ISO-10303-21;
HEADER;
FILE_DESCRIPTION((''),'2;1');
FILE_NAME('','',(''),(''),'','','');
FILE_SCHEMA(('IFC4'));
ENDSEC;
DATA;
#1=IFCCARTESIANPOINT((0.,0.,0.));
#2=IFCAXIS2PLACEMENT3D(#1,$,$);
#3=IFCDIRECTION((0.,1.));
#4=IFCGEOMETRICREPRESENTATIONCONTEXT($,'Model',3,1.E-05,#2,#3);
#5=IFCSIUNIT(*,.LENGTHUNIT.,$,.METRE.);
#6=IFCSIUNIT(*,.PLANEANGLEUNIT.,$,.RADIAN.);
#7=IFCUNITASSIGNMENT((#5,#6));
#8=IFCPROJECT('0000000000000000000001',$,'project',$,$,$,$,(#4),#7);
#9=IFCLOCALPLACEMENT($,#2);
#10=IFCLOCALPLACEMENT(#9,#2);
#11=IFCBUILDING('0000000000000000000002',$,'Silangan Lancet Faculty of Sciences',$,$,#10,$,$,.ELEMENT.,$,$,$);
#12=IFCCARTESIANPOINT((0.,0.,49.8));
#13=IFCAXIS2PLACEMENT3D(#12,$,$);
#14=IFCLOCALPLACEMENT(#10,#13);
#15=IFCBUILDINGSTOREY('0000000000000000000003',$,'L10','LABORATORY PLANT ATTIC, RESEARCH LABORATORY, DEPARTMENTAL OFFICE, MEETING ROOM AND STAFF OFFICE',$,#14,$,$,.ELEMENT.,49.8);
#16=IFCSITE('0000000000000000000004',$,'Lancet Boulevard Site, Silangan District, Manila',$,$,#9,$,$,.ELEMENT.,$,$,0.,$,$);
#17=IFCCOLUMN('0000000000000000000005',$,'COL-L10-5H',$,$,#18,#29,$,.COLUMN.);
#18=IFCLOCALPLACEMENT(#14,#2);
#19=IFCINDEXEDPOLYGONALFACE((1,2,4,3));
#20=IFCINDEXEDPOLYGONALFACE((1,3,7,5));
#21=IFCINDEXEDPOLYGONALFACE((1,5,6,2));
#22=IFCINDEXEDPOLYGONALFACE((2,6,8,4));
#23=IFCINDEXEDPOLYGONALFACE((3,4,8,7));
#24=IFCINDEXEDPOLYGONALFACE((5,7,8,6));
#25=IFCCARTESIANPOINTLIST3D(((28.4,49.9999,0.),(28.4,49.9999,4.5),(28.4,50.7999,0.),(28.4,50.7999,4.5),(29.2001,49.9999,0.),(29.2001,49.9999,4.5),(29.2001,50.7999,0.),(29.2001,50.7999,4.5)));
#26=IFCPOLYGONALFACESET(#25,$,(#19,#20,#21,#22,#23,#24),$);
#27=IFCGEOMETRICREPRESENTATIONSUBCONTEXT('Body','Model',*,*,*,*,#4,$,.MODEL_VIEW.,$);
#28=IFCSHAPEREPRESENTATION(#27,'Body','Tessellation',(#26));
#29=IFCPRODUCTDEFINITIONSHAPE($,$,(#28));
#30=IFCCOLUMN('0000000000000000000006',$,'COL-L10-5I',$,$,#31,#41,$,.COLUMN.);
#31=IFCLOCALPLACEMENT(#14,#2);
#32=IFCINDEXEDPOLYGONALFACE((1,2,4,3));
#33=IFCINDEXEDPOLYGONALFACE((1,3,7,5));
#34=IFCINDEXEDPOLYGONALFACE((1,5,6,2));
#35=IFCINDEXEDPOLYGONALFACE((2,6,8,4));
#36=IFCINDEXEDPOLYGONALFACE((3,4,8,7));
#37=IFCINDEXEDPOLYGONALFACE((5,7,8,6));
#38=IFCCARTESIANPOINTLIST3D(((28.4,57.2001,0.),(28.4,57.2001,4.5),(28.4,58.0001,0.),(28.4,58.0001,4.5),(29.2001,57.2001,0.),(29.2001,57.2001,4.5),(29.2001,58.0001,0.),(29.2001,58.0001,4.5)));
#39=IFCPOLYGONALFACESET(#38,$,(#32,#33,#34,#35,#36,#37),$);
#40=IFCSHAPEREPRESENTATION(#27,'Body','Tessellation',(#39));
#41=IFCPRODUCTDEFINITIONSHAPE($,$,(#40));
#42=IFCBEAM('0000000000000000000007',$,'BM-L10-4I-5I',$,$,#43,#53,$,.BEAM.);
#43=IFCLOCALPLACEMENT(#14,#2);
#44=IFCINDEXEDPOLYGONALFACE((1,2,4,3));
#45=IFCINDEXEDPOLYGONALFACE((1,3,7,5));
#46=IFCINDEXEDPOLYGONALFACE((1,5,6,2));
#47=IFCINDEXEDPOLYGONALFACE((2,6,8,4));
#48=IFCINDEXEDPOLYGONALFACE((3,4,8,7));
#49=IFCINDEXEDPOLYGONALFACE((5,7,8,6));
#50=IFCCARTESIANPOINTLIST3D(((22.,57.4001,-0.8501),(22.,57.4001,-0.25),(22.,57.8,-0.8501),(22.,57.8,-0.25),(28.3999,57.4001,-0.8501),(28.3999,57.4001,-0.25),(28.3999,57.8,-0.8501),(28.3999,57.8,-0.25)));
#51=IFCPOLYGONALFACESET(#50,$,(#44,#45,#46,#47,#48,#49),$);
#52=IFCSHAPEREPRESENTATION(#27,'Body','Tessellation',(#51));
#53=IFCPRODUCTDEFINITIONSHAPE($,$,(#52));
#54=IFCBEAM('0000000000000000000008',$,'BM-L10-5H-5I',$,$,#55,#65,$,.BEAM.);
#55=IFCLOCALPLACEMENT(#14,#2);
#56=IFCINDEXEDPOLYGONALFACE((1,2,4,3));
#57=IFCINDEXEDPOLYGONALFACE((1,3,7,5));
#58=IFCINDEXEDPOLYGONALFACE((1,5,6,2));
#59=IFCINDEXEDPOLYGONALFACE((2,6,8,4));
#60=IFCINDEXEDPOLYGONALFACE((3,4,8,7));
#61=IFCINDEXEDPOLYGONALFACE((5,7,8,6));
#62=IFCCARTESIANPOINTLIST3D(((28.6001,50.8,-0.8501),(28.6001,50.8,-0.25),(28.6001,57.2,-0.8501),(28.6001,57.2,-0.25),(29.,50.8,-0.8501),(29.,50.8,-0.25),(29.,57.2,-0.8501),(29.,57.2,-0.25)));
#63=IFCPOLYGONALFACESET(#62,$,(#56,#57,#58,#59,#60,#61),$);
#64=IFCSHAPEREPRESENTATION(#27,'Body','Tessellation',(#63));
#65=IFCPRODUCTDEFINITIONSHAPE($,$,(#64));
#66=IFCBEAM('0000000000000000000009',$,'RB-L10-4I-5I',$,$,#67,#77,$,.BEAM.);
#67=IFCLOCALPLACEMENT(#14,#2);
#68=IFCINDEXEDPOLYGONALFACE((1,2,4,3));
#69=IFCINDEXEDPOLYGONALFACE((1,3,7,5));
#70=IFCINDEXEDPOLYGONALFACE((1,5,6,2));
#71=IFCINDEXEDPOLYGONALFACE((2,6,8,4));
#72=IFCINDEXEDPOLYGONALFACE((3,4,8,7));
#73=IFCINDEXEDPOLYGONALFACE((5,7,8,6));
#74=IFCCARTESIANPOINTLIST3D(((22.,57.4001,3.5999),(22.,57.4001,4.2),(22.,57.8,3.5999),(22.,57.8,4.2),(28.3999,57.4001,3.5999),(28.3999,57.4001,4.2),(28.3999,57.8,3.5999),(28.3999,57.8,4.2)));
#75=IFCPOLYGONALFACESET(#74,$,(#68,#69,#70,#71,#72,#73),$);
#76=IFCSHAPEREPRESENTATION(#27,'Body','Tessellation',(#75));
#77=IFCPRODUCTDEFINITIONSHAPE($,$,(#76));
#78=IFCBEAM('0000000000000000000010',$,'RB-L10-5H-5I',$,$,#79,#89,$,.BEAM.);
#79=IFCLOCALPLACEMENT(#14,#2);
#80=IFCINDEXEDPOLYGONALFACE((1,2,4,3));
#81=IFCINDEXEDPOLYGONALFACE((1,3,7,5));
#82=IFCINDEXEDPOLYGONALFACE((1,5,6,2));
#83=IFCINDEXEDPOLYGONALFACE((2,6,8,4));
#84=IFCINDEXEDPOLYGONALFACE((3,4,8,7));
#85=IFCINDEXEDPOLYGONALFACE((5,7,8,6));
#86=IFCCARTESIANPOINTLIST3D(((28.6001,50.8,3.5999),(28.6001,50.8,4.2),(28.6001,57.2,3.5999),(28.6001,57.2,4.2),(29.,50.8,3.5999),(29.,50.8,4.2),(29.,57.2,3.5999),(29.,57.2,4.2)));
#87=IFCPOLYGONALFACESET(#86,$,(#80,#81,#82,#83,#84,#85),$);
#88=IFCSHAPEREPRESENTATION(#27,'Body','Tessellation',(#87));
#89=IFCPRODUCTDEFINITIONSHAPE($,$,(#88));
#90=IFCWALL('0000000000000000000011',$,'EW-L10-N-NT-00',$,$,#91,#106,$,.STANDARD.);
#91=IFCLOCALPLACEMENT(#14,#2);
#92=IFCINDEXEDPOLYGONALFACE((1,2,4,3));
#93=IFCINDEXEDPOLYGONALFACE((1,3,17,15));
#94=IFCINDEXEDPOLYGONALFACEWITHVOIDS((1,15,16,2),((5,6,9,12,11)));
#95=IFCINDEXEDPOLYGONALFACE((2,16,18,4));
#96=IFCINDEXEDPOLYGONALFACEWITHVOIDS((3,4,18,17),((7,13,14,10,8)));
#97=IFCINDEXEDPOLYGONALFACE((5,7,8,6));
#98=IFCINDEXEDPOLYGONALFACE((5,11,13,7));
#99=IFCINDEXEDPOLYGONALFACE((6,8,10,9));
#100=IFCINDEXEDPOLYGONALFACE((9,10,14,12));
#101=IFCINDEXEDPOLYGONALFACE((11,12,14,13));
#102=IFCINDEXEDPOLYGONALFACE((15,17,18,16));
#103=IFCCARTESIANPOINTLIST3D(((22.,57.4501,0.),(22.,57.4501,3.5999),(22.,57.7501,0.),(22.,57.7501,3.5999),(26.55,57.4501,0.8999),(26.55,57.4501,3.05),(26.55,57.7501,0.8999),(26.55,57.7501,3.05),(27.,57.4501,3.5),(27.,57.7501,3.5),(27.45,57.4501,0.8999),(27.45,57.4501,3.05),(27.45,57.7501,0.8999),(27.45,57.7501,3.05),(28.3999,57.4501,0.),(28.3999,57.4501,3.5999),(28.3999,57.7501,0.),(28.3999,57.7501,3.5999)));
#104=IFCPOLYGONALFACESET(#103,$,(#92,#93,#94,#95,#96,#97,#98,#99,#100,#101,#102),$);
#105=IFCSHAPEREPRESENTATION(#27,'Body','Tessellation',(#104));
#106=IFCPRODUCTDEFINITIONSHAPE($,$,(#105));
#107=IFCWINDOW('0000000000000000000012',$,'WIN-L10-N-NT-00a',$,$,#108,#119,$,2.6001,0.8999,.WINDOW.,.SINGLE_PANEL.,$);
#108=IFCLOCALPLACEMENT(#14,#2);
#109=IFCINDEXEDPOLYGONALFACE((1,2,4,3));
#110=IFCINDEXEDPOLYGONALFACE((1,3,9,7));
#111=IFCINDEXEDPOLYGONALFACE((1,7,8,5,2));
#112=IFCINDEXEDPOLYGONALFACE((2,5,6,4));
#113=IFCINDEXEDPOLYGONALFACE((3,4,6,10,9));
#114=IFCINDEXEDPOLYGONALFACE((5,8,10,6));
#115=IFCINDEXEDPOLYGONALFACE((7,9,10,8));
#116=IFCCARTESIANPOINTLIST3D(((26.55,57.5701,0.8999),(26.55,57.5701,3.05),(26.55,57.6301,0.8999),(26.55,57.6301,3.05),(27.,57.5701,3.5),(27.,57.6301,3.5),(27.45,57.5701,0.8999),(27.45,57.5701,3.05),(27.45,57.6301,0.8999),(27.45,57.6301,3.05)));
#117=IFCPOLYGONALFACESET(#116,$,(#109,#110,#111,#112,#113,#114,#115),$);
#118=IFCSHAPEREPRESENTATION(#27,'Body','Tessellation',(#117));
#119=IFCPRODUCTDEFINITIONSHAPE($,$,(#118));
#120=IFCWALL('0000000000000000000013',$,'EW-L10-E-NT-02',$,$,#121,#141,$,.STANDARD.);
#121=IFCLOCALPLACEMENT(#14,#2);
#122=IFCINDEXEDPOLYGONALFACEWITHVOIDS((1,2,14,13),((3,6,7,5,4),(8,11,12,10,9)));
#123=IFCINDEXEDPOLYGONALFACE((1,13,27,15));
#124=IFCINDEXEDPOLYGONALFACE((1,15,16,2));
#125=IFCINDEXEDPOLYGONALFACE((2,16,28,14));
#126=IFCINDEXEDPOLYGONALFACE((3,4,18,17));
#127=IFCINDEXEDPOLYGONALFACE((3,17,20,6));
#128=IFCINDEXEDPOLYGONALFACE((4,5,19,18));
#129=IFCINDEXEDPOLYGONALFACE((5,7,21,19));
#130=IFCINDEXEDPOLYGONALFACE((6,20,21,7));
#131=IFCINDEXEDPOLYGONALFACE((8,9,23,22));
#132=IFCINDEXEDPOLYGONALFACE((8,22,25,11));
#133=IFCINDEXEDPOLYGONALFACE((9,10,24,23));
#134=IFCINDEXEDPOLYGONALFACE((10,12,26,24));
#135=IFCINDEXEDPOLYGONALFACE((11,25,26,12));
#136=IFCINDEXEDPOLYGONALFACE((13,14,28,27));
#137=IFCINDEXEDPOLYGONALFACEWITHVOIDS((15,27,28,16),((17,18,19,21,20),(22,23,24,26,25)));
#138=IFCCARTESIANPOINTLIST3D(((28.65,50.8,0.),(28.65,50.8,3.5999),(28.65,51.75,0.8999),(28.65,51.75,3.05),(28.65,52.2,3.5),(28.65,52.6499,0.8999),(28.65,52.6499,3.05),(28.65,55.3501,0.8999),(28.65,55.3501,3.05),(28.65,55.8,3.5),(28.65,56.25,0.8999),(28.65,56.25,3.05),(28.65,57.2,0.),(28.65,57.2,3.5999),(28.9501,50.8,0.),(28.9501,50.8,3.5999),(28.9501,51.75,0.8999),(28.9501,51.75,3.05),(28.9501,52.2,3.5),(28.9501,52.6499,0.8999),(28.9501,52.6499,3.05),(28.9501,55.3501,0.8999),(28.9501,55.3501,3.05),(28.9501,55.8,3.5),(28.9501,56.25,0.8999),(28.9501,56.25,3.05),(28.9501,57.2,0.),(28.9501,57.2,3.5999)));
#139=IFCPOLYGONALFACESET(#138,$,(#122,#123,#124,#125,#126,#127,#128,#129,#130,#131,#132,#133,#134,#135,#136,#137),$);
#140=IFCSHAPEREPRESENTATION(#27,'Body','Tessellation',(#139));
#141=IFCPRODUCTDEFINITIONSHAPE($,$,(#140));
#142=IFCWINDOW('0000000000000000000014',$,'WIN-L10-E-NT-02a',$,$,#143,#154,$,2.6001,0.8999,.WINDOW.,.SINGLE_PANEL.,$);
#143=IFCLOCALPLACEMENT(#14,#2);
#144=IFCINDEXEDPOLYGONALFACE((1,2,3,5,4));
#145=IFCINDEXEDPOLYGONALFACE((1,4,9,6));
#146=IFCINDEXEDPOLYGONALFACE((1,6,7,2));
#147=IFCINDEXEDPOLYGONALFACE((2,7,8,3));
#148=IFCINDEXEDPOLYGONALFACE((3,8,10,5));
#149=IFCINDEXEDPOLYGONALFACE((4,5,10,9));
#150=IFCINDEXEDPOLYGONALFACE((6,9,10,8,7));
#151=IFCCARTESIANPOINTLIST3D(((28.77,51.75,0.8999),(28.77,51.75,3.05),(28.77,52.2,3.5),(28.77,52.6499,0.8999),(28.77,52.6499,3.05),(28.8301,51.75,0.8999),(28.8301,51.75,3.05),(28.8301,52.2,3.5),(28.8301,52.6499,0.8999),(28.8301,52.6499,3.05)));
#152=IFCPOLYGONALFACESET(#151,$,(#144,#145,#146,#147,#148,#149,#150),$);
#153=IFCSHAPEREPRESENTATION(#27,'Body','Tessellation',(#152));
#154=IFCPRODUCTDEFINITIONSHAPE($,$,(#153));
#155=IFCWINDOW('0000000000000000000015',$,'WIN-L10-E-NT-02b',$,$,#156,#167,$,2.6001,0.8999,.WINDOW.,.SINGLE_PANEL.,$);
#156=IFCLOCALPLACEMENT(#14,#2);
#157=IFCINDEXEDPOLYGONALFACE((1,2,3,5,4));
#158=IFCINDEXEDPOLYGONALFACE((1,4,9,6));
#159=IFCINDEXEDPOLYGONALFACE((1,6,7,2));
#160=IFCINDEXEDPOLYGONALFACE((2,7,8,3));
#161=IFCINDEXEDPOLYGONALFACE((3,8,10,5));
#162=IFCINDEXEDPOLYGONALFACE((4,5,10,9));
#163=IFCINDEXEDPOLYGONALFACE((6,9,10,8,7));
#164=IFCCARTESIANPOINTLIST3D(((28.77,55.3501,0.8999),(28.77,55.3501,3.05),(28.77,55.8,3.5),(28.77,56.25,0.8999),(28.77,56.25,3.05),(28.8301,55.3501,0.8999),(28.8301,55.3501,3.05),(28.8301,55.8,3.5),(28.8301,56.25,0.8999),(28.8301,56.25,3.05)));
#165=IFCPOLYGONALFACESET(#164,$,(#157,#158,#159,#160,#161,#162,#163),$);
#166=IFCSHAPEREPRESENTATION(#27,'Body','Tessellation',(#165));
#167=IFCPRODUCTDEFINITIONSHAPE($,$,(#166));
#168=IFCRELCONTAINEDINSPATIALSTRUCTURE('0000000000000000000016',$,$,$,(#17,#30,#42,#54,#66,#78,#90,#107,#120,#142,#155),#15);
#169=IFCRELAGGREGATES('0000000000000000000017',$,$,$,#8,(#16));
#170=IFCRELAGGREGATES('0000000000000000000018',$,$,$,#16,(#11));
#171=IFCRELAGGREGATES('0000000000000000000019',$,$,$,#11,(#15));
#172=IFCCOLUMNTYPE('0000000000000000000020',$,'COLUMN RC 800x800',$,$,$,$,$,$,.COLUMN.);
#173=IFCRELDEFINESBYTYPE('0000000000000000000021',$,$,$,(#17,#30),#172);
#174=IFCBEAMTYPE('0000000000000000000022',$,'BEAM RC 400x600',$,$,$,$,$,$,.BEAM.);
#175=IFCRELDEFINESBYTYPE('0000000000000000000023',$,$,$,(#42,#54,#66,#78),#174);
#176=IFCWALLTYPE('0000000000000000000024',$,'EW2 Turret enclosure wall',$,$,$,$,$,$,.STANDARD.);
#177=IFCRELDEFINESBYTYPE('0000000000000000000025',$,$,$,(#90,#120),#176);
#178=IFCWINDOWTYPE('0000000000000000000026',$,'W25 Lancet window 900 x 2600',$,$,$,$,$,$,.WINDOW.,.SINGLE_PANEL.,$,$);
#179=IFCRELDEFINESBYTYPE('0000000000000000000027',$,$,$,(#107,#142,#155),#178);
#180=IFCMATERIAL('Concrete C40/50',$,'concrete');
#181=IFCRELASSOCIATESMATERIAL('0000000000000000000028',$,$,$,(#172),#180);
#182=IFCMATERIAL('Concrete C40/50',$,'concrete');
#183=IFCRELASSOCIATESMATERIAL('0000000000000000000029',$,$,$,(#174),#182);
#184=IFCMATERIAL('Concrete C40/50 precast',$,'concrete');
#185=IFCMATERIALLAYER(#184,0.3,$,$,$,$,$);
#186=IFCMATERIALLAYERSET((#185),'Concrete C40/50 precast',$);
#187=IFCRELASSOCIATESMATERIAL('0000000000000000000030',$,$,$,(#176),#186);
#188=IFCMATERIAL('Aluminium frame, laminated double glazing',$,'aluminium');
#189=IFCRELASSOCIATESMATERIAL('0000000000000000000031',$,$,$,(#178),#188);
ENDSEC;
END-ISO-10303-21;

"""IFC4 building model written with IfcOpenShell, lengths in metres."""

from ifc_helpers import new_model, si_unit, direction, frame, frame_2d, origin, origin_2d, place, context, subcontext, project, spatial, polyline, rectangle, outline, extrude, material, layer, layer_set, material_profile, profile_set, type_object, element, fill, save


model = new_model("IFC4")

# Units and contexts
model_context = context("Model", 3, precision=1e-05, world=origin(), true_north=direction((0.0, 1.0)))
body_context = subcontext(model_context, "Body", "Model", "MODEL_VIEW")
ifc_project = project(units=[si_unit("LENGTHUNIT", "METRE"), si_unit("PLANEANGLEUNIT", "RADIAN")], contexts=[model_context])

# Site, building, storey
site_placement = place(None, origin())
site = spatial("IfcSite", under=ifc_project, at=site_placement, Name="Lancet Boulevard Site, Silangan District, Manila", CompositionType="ELEMENT", RefElevation=0.0)
building_placement = place(site_placement, origin())
building = spatial("IfcBuilding", under=site, at=building_placement, Name="Silangan Lancet Faculty of Sciences", CompositionType="ELEMENT")
storey_placement = place(building_placement, frame((0.0, 0.0, 49.8)))
storey = spatial("IfcBuildingStorey", under=building, at=storey_placement, Name="L10", Description="LABORATORY PLANT ATTIC, RESEARCH LABORATORY, DEPARTMENTAL OFFICE, MEETING ROOM AND STAFF OFFICE", CompositionType="ELEMENT", Elevation=49.8)

# Columns
ifc_material_1 = material(Name="Concrete C40/50", Category="concrete")
ifc_material_profile_1 = material_profile(ifc_material_1, rectangle(XDim=0.8, YDim=0.8, at=origin_2d()), Name="RC 800x800")
ifc_profile_set_1 = profile_set([ifc_material_profile_1], Name="Concrete C40/50")
column_type = type_object("IfcColumnType", Name="COLUMN RC 800x800", PredefinedType="COLUMN", material=ifc_profile_set_1)
for number, where, z_axis, x_axis, name in (
    (1, (28.8, 50.3999, 0.0), (0.0, 0.0, 1.0), (1.0, 0.0, 0.0), "COL-L10-5H"),
    (2, (28.8, 57.6001, 0.0), (0.0, 0.0, 1.0), (1.0, 0.0, 0.0), "COL-L10-5I"),
):
    element("IfcColumn", number, at=place(storey_placement, frame(where, z_axis=z_axis, x_axis=x_axis)), inside=storey, type_object=column_type, Name=name, PredefinedType="COLUMN", context=body_context, shape_type="SweptSolid", body=[
        extrude(rectangle(XDim=0.8, YDim=0.8, at=origin_2d()), origin(), (0.0, 0.0, 1.0), 4.5),
    ])

# Beams
ifc_material_2 = material(Name="Concrete C40/50", Category="concrete")
ifc_material_profile_2 = material_profile(ifc_material_2, rectangle(XDim=0.3999, YDim=0.6001, at=origin_2d()), Name="RC 400x600")
ifc_profile_set_2 = profile_set([ifc_material_profile_2], Name="Concrete C40/50")
beam_type = type_object("IfcBeamType", Name="BEAM RC 400x600", PredefinedType="BEAM", material=ifc_profile_set_2)
for number, where, z_axis, x_axis, name in (
    (3, (22.0, 57.6001, -0.55), (1.0, 0.0, 0.0), (0.0, 1.0, 0.0), "BM-L10-4I-5I"),
    (4, (28.8, 50.8, -0.55), (0.0, 1.0, 0.0), (-1.0, 0.0, 0.0), "BM-L10-5H-5I"),
    (5, (22.0, 57.6001, 3.8999), (1.0, 0.0, 0.0), (0.0, 1.0, 0.0), "RB-L10-4I-5I"),
    (6, (28.8, 50.8, 3.8999), (0.0, 1.0, 0.0), (-1.0, 0.0, 0.0), "RB-L10-5H-5I"),
):
    element("IfcBeam", number, at=place(storey_placement, frame(where, z_axis=z_axis, x_axis=x_axis)), inside=storey, type_object=beam_type, Name=name, PredefinedType="BEAM", context=body_context, shape_type="SweptSolid", body=[
        extrude(rectangle(XDim=0.3999, YDim=0.6001, at=origin_2d()), origin(), (0.0, 0.0, 1.0), 6.3999),
    ])

# Wall, opening, window
ifc_material_3 = material(Name="Concrete C40/50 precast", Category="concrete")
ifc_layer_1 = layer(ifc_material_3, 0.3)
ifc_layer_set_1 = layer_set([ifc_layer_1], Name="Concrete C40/50 precast")
wall_type_1 = type_object("IfcWallType", Name="EW2 Turret enclosure wall", PredefinedType="STANDARD", material=ifc_layer_set_1)
wall_1_placement = place(storey_placement, frame((28.3999, 57.6001, 0.0), z_axis=(0.0, 0.0, 1.0), x_axis=(-1.0, 0.0, 0.0)))
wall_1 = element("IfcWall", 7, at=wall_1_placement, inside=storey, type_object=wall_type_1, Name="EW-L10-N-NT-00", PredefinedType="STANDARD", context=body_context, shape_type="SweptSolid", body=[
    extrude(rectangle(XDim=6.3999, YDim=0.3, at=frame_2d((3.2, 0.0))), origin(), (0.0, 0.0, 1.0), 3.5999),
])
opening_1_placement = place(wall_1_placement, frame((0.95, 0.0, 0.8999)))
opening_1 = element("IfcOpeningElement", 8, at=opening_1_placement, cuts=wall_1, PredefinedType="OPENING", context=body_context, shape_type="SweptSolid", body=[
    extrude(outline(polyline([(0.0, 0.0), (0.8999, 0.0), (0.8999, 2.1501), (0.45, 2.6001), (0.0, 2.1501), (0.0, 0.0)])), frame((0.0, 0.1599, 0.0), z_axis=(0.0, -1.0, 0.0), x_axis=(1.0, 0.0, 0.0)), (0.0, 0.0, 1.0), 0.3201),
])
ifc_material_4 = material(Name="Aluminium frame, laminated double glazing", Category="aluminium")
window_type = type_object("IfcWindowType", Name="W25 Lancet window 900 x 2600", PartitioningType="SINGLE_PANEL", PredefinedType="WINDOW", material=ifc_material_4)
window_1_placement = place(opening_1_placement, origin())
window_1 = element("IfcWindow", 9, at=window_1_placement, inside=storey, type_object=window_type, Name="WIN-L10-N-NT-00a", OverallHeight=2.6001, OverallWidth=0.8999, PartitioningType="SINGLE_PANEL", PredefinedType="WINDOW", context=body_context, shape_type="SweptSolid", body=[
    extrude(outline(polyline([(0.0, 0.0), (0.8999, 0.0), (0.8999, 2.1501), (0.45, 2.6001), (0.0, 2.1501), (0.0, 0.0)])), frame((0.0, 0.03, 0.0), z_axis=(0.0, -1.0, 0.0), x_axis=(1.0, 0.0, 0.0)), (0.0, 0.0, 1.0), 0.0601),
])
fill(opening_1, window_1)

# Wall, openings, windows
wall_2_placement = place(storey_placement, frame((28.8, 50.8, 0.0), z_axis=(0.0, 0.0, 1.0), x_axis=(0.0, 1.0, 0.0)))
wall_2 = element("IfcWall", 10, at=wall_2_placement, inside=storey, type_object=wall_type_1, Name="EW-L10-E-NT-02", PredefinedType="STANDARD", context=body_context, shape_type="SweptSolid", body=[
    extrude(rectangle(XDim=6.3999, YDim=0.3, at=frame_2d((3.2, 0.0))), origin(), (0.0, 0.0, 1.0), 3.5999),
])
opening_2_placement = place(wall_2_placement, frame((0.95, 0.0, 0.8999)))
opening_2 = element("IfcOpeningElement", 11, at=opening_2_placement, cuts=wall_2, PredefinedType="OPENING", context=body_context, shape_type="SweptSolid", body=[
    extrude(outline(polyline([(0.0, 0.0), (0.8999, 0.0), (0.8999, 2.1501), (0.45, 2.6001), (0.0, 2.1501), (0.0, 0.0)])), frame((0.0, 0.1599, 0.0), z_axis=(0.0, -1.0, 0.0), x_axis=(1.0, 0.0, 0.0)), (0.0, 0.0, 1.0), 0.3201),
])
opening_3_placement = place(wall_2_placement, frame((4.55, 0.0, 0.8999)))
opening_3 = element("IfcOpeningElement", 12, at=opening_3_placement, cuts=wall_2, PredefinedType="OPENING", context=body_context, shape_type="SweptSolid", body=[
    extrude(outline(polyline([(0.0, 0.0), (0.8999, 0.0), (0.8999, 2.1501), (0.45, 2.6001), (0.0, 2.1501), (0.0, 0.0)])), frame((0.0, 0.1599, 0.0), z_axis=(0.0, -1.0, 0.0), x_axis=(1.0, 0.0, 0.0)), (0.0, 0.0, 1.0), 0.3201),
])
window_2_placement = place(opening_2_placement, origin())
window_2 = element("IfcWindow", 13, at=window_2_placement, inside=storey, type_object=window_type, Name="WIN-L10-E-NT-02a", OverallHeight=2.6001, OverallWidth=0.8999, PartitioningType="SINGLE_PANEL", PredefinedType="WINDOW", context=body_context, shape_type="SweptSolid", body=[
    extrude(outline(polyline([(0.0, 0.0), (0.8999, 0.0), (0.8999, 2.1501), (0.45, 2.6001), (0.0, 2.1501), (0.0, 0.0)])), frame((0.0, 0.03, 0.0), z_axis=(0.0, -1.0, 0.0), x_axis=(1.0, 0.0, 0.0)), (0.0, 0.0, 1.0), 0.0601),
])
fill(opening_2, window_2)
window_3_placement = place(opening_3_placement, origin())
window_3 = element("IfcWindow", 14, at=window_3_placement, inside=storey, type_object=window_type, Name="WIN-L10-E-NT-02b", OverallHeight=2.6001, OverallWidth=0.8999, PartitioningType="SINGLE_PANEL", PredefinedType="WINDOW", context=body_context, shape_type="SweptSolid", body=[
    extrude(outline(polyline([(0.0, 0.0), (0.8999, 0.0), (0.8999, 2.1501), (0.45, 2.6001), (0.0, 2.1501), (0.0, 0.0)])), frame((0.0, 0.03, 0.0), z_axis=(0.0, -1.0, 0.0), x_axis=(1.0, 0.0, 0.0)), (0.0, 0.0, 1.0), 0.0601),
])
fill(opening_3, window_3)

save(model, "model.ifc")
